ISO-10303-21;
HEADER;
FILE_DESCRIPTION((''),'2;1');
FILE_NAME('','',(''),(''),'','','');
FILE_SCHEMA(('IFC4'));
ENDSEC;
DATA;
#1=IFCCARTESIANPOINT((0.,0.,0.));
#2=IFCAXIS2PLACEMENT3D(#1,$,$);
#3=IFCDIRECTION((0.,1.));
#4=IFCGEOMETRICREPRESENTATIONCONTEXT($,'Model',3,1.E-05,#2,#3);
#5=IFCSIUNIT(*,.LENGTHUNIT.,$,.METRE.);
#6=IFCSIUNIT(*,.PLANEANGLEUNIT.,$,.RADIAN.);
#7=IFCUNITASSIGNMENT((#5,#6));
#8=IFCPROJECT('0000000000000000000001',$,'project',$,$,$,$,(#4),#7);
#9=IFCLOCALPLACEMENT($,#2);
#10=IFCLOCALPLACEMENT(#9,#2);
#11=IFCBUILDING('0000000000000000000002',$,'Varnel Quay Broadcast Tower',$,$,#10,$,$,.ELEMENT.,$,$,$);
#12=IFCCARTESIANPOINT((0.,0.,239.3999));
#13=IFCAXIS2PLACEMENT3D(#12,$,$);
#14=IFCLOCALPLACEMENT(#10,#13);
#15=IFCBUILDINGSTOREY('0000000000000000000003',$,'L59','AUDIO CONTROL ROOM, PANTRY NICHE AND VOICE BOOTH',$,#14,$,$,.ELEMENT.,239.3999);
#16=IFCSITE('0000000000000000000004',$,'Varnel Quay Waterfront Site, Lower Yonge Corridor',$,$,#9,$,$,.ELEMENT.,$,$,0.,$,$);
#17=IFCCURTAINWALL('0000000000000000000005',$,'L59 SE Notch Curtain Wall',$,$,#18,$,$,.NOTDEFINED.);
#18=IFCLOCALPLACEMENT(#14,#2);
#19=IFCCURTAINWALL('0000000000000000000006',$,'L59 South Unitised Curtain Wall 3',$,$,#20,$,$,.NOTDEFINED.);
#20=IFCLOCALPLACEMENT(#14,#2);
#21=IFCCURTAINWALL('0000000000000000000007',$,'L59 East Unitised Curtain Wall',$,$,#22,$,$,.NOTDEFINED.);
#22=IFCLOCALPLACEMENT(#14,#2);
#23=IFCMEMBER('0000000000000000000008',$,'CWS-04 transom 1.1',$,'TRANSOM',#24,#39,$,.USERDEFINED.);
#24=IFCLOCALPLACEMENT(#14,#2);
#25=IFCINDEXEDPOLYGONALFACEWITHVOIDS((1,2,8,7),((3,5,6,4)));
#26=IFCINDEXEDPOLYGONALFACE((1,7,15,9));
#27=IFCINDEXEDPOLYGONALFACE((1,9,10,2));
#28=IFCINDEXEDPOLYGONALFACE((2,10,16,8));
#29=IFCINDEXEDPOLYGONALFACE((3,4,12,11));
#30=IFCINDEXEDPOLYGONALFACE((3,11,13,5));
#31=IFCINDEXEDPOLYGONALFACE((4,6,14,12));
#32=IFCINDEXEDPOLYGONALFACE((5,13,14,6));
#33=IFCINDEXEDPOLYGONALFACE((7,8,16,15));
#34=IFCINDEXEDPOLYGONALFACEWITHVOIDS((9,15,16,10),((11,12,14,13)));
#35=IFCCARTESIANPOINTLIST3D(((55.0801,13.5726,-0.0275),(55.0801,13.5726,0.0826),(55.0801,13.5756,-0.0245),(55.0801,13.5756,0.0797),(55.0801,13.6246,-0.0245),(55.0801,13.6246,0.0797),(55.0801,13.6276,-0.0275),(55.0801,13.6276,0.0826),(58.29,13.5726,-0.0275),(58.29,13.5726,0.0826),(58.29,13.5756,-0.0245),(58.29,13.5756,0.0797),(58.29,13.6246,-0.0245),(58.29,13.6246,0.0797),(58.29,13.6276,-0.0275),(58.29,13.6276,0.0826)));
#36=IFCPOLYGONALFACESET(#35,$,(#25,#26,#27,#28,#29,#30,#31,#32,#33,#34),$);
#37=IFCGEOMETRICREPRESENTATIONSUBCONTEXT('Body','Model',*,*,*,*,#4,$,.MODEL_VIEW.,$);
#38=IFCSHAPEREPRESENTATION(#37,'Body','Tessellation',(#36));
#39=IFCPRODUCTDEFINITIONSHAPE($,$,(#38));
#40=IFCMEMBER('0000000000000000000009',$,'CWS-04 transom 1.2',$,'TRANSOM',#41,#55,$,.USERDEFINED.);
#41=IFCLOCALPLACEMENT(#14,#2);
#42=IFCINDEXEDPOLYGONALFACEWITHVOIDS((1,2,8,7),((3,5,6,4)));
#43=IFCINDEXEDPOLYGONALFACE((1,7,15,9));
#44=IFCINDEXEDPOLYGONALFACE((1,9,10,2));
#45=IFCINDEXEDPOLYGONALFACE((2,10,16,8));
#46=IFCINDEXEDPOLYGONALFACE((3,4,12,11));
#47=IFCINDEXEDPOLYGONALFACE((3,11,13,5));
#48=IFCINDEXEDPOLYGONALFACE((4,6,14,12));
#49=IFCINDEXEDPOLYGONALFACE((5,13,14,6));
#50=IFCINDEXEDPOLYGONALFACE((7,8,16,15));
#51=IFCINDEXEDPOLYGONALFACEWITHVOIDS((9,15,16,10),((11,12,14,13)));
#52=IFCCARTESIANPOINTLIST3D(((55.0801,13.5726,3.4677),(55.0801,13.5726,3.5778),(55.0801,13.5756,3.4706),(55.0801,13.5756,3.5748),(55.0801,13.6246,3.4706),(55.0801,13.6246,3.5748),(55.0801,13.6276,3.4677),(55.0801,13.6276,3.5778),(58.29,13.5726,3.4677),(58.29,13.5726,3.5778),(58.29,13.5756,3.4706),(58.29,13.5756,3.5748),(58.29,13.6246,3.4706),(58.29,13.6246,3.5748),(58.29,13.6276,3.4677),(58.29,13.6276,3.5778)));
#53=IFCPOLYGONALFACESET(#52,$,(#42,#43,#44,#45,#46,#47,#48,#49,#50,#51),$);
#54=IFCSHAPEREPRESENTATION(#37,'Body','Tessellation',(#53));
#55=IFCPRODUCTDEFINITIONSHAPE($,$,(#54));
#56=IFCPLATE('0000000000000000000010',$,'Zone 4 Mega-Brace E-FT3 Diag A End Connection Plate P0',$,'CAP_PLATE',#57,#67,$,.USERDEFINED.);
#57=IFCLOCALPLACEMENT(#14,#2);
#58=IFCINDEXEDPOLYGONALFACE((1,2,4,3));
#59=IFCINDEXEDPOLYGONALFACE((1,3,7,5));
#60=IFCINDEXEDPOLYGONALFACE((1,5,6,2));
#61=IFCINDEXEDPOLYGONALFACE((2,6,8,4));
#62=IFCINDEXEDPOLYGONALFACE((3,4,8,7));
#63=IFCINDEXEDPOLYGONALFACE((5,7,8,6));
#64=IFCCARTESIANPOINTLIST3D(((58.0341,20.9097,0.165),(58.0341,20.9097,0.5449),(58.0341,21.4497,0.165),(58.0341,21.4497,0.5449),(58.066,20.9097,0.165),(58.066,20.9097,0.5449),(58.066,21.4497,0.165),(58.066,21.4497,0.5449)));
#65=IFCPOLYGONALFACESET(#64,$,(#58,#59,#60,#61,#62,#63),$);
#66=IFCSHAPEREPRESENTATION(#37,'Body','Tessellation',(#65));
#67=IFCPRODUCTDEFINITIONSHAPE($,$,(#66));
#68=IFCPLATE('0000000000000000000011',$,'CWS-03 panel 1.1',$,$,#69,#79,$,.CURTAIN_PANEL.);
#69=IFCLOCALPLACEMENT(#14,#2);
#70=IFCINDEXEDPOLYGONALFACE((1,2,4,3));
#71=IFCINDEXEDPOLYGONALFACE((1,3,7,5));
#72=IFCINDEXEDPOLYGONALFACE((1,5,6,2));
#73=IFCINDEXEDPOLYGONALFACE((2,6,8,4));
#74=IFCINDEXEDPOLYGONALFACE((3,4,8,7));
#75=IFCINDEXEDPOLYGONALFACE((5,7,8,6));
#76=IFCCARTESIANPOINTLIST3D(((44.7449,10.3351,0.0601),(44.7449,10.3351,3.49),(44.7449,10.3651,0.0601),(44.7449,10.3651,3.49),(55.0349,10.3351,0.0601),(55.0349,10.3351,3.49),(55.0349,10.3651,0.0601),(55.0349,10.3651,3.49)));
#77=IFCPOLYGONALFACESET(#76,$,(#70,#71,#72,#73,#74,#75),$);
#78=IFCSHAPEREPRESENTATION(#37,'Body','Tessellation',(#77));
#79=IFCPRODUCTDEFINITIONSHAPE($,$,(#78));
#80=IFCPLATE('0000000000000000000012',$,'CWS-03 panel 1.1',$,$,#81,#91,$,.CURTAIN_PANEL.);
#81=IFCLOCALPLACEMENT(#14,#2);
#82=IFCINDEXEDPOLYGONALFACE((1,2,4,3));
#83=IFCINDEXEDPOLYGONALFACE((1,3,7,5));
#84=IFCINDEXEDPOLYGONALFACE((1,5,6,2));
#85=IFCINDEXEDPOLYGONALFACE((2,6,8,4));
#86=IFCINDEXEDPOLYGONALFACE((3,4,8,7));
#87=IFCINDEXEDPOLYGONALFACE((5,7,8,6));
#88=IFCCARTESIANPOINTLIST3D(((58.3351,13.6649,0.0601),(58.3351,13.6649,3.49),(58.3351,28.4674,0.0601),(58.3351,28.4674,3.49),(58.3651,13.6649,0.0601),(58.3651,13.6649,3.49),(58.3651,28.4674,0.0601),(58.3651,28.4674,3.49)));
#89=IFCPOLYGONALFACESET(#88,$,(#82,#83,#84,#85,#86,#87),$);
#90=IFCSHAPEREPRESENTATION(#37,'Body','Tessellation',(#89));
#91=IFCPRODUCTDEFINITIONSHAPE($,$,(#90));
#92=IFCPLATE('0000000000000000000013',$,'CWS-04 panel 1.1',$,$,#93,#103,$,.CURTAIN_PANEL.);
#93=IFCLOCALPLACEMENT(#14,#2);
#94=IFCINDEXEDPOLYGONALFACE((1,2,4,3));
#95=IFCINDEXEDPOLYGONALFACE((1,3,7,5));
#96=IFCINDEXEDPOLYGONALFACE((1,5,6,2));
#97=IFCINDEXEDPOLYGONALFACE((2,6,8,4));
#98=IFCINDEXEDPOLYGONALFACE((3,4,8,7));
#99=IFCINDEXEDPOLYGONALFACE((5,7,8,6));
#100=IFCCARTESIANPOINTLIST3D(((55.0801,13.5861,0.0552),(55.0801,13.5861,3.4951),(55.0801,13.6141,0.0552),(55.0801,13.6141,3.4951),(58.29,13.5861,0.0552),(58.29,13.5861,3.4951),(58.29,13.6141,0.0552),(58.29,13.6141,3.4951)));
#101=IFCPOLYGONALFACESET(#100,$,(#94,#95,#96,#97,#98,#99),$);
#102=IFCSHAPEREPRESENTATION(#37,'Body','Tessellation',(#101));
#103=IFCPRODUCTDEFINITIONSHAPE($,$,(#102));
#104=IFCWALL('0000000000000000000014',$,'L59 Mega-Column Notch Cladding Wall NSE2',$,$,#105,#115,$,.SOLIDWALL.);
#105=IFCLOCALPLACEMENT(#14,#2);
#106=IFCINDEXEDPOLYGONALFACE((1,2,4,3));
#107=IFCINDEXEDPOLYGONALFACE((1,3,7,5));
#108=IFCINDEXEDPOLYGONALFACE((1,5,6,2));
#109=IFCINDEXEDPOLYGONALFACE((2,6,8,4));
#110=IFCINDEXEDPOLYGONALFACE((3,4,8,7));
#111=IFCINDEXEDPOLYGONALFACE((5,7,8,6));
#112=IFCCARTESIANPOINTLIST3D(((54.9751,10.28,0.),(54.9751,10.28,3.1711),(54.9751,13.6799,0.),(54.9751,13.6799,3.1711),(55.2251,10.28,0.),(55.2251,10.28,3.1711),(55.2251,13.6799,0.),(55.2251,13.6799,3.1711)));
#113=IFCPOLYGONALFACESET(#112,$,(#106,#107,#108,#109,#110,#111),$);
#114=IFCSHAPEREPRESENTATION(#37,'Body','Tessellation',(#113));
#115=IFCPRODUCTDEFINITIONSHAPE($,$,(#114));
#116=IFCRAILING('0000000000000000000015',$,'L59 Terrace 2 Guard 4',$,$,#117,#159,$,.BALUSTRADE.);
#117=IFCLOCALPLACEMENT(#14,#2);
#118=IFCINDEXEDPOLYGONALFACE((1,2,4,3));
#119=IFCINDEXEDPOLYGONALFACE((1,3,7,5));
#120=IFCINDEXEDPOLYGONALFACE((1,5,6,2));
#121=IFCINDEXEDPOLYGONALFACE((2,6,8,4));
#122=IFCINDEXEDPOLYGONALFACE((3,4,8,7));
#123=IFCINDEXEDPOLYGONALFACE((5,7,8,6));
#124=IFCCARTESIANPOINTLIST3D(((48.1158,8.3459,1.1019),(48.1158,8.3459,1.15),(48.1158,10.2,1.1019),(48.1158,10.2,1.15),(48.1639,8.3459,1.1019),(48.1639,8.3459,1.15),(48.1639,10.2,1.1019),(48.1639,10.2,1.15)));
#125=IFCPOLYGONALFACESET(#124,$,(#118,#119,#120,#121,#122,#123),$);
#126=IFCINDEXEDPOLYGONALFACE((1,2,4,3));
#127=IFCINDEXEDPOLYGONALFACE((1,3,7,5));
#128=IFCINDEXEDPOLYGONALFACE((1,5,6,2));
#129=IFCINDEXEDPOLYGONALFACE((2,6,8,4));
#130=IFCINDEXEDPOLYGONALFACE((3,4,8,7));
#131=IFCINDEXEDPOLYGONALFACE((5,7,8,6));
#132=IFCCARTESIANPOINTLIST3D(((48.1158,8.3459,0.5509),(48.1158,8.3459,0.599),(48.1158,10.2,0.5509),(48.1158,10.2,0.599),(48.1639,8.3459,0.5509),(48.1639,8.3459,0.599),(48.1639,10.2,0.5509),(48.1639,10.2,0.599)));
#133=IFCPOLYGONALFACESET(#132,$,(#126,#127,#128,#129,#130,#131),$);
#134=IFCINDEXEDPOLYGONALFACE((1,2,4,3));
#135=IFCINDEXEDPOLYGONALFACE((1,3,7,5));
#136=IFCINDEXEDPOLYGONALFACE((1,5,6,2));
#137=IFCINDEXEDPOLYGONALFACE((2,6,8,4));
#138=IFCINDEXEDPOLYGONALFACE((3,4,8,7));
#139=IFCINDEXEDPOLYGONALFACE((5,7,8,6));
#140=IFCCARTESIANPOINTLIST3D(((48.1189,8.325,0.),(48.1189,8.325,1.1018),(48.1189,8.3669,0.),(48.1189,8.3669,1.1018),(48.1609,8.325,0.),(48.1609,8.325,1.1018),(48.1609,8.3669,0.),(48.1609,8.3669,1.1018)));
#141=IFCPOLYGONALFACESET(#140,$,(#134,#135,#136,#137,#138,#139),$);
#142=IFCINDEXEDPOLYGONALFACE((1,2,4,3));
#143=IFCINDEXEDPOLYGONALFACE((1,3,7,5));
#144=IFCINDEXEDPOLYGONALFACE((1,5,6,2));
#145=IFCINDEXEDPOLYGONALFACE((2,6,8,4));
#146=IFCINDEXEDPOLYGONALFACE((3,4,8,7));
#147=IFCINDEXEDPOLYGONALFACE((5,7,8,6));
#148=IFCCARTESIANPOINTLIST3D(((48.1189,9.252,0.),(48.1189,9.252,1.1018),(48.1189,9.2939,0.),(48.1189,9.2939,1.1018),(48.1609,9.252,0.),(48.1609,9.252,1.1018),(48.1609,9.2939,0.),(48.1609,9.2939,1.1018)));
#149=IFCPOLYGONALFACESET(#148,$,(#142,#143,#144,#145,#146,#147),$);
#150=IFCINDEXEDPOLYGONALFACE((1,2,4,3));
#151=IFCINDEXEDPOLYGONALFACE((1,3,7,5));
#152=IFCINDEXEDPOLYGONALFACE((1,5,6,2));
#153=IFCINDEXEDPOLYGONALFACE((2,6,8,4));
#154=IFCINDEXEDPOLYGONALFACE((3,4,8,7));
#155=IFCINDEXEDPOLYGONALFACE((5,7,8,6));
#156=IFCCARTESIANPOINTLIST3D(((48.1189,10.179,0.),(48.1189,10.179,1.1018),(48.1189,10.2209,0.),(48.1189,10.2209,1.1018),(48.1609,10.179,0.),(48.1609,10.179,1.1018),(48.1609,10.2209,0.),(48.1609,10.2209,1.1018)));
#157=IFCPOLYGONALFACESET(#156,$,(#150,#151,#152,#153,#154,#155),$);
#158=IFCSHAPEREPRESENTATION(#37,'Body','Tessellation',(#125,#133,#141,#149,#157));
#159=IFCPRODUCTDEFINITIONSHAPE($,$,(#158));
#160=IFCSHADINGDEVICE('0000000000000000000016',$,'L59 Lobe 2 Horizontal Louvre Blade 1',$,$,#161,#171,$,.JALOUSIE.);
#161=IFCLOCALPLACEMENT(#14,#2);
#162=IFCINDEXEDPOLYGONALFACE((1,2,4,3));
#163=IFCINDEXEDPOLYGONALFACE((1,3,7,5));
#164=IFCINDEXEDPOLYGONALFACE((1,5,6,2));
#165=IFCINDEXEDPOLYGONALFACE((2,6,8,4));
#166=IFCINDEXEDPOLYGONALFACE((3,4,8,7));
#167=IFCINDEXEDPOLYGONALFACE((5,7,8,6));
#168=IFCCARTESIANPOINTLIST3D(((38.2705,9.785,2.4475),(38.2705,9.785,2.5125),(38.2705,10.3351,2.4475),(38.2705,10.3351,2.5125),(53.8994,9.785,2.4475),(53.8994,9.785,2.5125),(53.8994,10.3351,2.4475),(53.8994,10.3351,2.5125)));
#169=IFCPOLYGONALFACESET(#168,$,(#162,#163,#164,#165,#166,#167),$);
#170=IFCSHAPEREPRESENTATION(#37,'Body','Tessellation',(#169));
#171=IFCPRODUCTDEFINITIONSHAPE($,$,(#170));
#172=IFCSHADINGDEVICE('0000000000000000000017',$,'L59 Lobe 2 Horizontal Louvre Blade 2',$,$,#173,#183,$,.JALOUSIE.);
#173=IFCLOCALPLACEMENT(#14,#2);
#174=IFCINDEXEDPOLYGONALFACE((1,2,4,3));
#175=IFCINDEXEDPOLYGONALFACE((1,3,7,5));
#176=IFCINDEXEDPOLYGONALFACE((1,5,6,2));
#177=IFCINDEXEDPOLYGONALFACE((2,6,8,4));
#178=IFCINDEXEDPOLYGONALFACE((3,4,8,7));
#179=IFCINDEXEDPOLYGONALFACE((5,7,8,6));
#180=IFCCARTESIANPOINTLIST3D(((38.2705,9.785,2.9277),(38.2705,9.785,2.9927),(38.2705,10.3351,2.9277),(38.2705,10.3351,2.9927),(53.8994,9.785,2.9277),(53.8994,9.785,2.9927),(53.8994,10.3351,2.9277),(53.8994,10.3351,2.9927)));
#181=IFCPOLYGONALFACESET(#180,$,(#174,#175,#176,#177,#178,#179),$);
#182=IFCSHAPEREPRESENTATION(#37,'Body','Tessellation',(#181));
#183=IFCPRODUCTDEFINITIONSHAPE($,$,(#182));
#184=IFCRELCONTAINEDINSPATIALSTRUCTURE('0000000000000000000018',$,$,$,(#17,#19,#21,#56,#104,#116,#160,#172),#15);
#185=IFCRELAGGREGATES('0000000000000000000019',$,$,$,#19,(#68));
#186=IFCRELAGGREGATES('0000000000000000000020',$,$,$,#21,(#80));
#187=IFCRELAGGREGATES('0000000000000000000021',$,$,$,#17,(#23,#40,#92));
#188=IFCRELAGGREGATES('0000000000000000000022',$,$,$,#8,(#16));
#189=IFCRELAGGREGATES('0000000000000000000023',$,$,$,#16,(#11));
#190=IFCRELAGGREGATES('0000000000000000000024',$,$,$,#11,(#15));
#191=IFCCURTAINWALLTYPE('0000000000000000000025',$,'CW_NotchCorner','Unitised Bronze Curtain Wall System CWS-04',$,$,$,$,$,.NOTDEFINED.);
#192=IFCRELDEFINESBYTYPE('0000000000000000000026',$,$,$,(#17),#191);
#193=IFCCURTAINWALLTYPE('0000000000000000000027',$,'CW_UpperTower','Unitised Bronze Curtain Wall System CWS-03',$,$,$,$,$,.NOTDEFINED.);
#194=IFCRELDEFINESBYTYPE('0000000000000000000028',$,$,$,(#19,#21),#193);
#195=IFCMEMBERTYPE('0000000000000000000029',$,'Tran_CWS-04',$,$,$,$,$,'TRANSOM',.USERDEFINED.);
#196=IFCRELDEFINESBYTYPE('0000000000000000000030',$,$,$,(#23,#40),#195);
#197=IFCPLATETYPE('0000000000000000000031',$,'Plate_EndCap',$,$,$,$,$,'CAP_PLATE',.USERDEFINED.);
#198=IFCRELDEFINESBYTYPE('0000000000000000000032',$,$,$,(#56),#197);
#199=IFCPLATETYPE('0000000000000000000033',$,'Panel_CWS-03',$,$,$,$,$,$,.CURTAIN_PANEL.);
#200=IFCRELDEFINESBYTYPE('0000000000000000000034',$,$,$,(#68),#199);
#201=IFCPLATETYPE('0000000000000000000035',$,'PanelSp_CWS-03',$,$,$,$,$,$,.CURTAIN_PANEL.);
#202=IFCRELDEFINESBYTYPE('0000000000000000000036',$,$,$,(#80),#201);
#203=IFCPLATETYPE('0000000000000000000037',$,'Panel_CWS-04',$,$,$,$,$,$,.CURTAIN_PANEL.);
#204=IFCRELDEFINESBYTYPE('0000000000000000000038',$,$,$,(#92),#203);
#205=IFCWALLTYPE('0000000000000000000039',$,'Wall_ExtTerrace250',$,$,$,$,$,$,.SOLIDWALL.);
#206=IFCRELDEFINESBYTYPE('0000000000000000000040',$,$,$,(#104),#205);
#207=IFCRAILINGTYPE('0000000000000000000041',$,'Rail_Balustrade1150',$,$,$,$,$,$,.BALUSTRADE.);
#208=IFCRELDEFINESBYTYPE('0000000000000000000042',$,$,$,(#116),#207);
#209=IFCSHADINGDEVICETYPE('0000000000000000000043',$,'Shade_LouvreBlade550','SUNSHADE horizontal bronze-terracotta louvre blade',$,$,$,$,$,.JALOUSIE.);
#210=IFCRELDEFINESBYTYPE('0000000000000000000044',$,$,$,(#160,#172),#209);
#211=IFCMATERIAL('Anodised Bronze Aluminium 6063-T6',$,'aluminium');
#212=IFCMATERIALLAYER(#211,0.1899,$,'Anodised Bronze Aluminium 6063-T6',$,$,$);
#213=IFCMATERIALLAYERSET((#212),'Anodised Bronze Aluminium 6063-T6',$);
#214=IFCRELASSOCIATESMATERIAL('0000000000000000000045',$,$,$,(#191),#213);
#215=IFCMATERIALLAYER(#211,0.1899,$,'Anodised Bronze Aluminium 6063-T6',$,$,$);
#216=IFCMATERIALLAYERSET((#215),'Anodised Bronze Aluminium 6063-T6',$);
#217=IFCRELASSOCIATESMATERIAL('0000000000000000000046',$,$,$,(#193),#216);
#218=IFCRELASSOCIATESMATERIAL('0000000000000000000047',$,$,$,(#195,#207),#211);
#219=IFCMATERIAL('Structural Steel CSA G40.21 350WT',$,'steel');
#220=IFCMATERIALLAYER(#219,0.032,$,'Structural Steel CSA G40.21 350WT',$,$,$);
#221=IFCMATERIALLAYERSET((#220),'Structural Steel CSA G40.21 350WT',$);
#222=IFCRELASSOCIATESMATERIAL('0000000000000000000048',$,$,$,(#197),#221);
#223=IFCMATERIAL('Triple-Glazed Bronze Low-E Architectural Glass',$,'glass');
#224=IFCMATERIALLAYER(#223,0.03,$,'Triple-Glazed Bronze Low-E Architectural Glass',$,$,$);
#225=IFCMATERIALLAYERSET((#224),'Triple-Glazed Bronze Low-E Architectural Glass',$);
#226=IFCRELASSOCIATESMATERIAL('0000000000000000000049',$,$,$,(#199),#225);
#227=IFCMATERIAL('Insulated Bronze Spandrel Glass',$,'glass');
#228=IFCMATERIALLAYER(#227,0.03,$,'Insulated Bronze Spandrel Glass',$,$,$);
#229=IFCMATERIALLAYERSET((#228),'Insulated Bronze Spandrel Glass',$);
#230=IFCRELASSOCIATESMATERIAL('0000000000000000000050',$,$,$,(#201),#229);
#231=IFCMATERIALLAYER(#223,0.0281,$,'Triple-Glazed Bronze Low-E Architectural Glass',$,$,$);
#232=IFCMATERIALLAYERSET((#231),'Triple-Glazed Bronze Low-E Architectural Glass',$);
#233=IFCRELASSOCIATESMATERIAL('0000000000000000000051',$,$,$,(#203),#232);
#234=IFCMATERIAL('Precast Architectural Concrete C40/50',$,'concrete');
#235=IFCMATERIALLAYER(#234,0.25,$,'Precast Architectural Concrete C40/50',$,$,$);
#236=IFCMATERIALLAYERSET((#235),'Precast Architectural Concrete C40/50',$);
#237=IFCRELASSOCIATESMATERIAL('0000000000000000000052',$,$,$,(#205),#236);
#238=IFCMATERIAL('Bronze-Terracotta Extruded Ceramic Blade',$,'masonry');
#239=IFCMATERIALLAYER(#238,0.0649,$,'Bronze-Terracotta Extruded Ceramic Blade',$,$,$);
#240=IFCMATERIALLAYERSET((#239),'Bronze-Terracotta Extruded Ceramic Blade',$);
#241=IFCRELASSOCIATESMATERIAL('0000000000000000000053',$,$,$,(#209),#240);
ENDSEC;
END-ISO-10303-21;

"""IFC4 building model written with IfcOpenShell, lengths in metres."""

from ifc_helpers import new_model, si_unit, direction, frame, frame_2d, origin, origin_2d, place, context, subcontext, project, spatial, rectangle, hollow_rectangle, extrude, source, transform, mapped, material, layer, layer_set, material_profile, profile_set, type_object, type_shapes, element, aggregate, save


model = new_model("IFC4")

# Units and contexts
model_context = context("Model", 3, precision=1e-05, world=origin(), true_north=direction((0.0, 1.0)))
body_context = subcontext(model_context, "Body", "Model", "MODEL_VIEW")
ifc_project = project(units=[si_unit("LENGTHUNIT", "METRE"), si_unit("PLANEANGLEUNIT", "RADIAN")], contexts=[model_context])

# Site, building, storey
site_placement = place(None, origin())
site = spatial("IfcSite", under=ifc_project, at=site_placement, Name="Varnel Quay Waterfront Site, Lower Yonge Corridor", CompositionType="ELEMENT", RefElevation=0.0)
building_placement = place(site_placement, origin())
building = spatial("IfcBuilding", under=site, at=building_placement, Name="Varnel Quay Broadcast Tower", CompositionType="ELEMENT")
storey_placement = place(building_placement, frame((0.0, 0.0, 239.3999)))
storey = spatial("IfcBuildingStorey", under=building, at=storey_placement, Name="L59", Description="AUDIO CONTROL ROOM, PANTRY NICHE AND VOICE BOOTH", CompositionType="ELEMENT", Elevation=239.3999)

# Shared definitions
ifc_material_1 = material(Name="Structural Steel CSA G40.21 350WT", Category="steel")

# Curtain walls
ifc_material_2 = material(Name="Anodised Bronze Aluminium 6063-T6", Category="aluminium")
ifc_layer_1 = layer(ifc_material_2, 0.1899, Name="Anodised Bronze Aluminium 6063-T6")
ifc_layer_set_1 = layer_set([ifc_layer_1], Name="Anodised Bronze Aluminium 6063-T6")
curtain_wall_type_1 = type_object("IfcCurtainWallType", Name="CW_NotchCorner", Description="Unitised Bronze Curtain Wall System CWS-04", PredefinedType="NOTDEFINED", material=ifc_layer_set_1)
curtain_wall_1_placement = place(storey_placement, origin())
curtain_wall_1 = element("IfcCurtainWall", 1, at=curtain_wall_1_placement, inside=storey, type_object=curtain_wall_type_1, Name="L59 SE Notch Curtain Wall", PredefinedType="NOTDEFINED")
ifc_layer_2 = layer(ifc_material_2, 0.1899, Name="Anodised Bronze Aluminium 6063-T6")
ifc_layer_set_2 = layer_set([ifc_layer_2], Name="Anodised Bronze Aluminium 6063-T6")
curtain_wall_type_2 = type_object("IfcCurtainWallType", Name="CW_UpperTower", Description="Unitised Bronze Curtain Wall System CWS-03", PredefinedType="NOTDEFINED", material=ifc_layer_set_2)
curtain_wall_2_placement = place(storey_placement, origin())
curtain_wall_2 = element("IfcCurtainWall", 2, at=curtain_wall_2_placement, inside=storey, type_object=curtain_wall_type_2, Name="L59 South Unitised Curtain Wall 3", PredefinedType="NOTDEFINED")
curtain_wall_3_placement = place(storey_placement, origin())
curtain_wall_3 = element("IfcCurtainWall", 3, at=curtain_wall_3_placement, inside=storey, type_object=curtain_wall_type_2, Name="L59 East Unitised Curtain Wall", PredefinedType="NOTDEFINED")

# Members
ifc_material_profile_1 = material_profile(ifc_material_2, hollow_rectangle(XDim=0.0549, YDim=0.1101, WallThickness=0.0029, at=origin_2d()), Name="ALU55X110X3")
ifc_profile_set_1 = profile_set([ifc_material_profile_1], Name="Anodised Bronze Aluminium 6063-T6")
member_type_1 = type_object("IfcMemberType", Name="Tran_CWS-04", ElementType="TRANSOM", PredefinedType="USERDEFINED", material=ifc_profile_set_1)
shared_shape_1 = source(origin(), body_context, "Body", "SweptSolid", [
    extrude(hollow_rectangle(XDim=0.0549, YDim=0.1101, WallThickness=0.0029, at=origin_2d()), origin(), (0.0, 0.0, 1.0), 3.21),
])
type_shapes(member_type_1, [shared_shape_1])
member_1_placement = place(storey_placement, frame((55.0801, 13.6001, 0.0276), z_axis=(1.0, 0.0, 0.0), x_axis=(0.0, 1.0, 0.0)))
member_1 = element("IfcMember", 4, at=member_1_placement, type_object=member_type_1, Name="CWS-04 transom 1.1", ObjectType="TRANSOM", PredefinedType="USERDEFINED", context=body_context, shape_type="MappedRepresentation", body=[
    mapped(shared_shape_1, transform((0.0, 0.0, 0.0), x_axis=(1.0, 0.0, 0.0), y_axis=(0.0, 1.0, 0.0), z_axis=(0.0, 0.0, 1.0), scale=1.0)),
])
member_2_placement = place(storey_placement, frame((55.0801, 13.6001, 3.5227), z_axis=(1.0, 0.0, 0.0), x_axis=(0.0, 1.0, 0.0)))
member_2 = element("IfcMember", 5, at=member_2_placement, type_object=member_type_1, Name="CWS-04 transom 1.2", ObjectType="TRANSOM", PredefinedType="USERDEFINED", context=body_context, shape_type="MappedRepresentation", body=[
    mapped(shared_shape_1, transform((0.0, 0.0, 0.0), x_axis=(1.0, 0.0, 0.0), y_axis=(0.0, 1.0, 0.0), z_axis=(0.0, 0.0, 1.0), scale=1.0)),
])

# Plates
ifc_layer_3 = layer(ifc_material_1, 0.032, Name="Structural Steel CSA G40.21 350WT")
ifc_layer_set_3 = layer_set([ifc_layer_3], Name="Structural Steel CSA G40.21 350WT")
plate_type_1 = type_object("IfcPlateType", Name="Plate_EndCap", ElementType="CAP_PLATE", PredefinedType="USERDEFINED", material=ifc_layer_set_3)
shared_shape_2 = source(origin(), body_context, "Body", "SweptSolid", [
    extrude(rectangle(XDim=0.54, YDim=0.032, at=origin_2d()), origin(), (0.0, 0.0, 1.0), 0.3799),
])
type_shapes(plate_type_1, [shared_shape_2])
plate_1_placement = place(storey_placement, frame((58.05, 21.1797, 0.165), z_axis=(0.0, 0.0, 1.0), x_axis=(0.0, 1.0, 0.0)))
element("IfcPlate", 6, at=plate_1_placement, inside=storey, type_object=plate_type_1, Name="Zone 4 Mega-Brace E-FT3 Diag A End Connection Plate P0", ObjectType="CAP_PLATE", PredefinedType="USERDEFINED", context=body_context, shape_type="MappedRepresentation", body=[
    mapped(shared_shape_2, transform((0.0, 0.0, 0.0), x_axis=(1.0, 0.0, 0.0), y_axis=(0.0, 1.0, 0.0), z_axis=(0.0, 0.0, 1.0), scale=1.0)),
])
ifc_material_3 = material(Name="Triple-Glazed Bronze Low-E Architectural Glass", Category="glass")
ifc_layer_4 = layer(ifc_material_3, 0.03, Name="Triple-Glazed Bronze Low-E Architectural Glass")
ifc_layer_set_4 = layer_set([ifc_layer_4], Name="Triple-Glazed Bronze Low-E Architectural Glass")
plate_type_2 = type_object("IfcPlateType", Name="Panel_CWS-03", PredefinedType="CURTAIN_PANEL", material=ifc_layer_set_4)
shared_shape_3 = source(origin(), body_context, "Body", "SweptSolid", [
    extrude(rectangle(XDim=10.29, YDim=0.03, at=origin_2d()), origin(), (0.0, 0.0, 1.0), 3.4299),
])
type_shapes(plate_type_2, [shared_shape_3])
plate_2_placement = place(storey_placement, frame((49.8899, 10.3501, 0.0601), z_axis=(0.0, 0.0, 1.0), x_axis=(1.0, 0.0, 0.0)))
plate_2 = element("IfcPlate", 7, at=plate_2_placement, type_object=plate_type_2, Name="CWS-03 panel 1.1", PredefinedType="CURTAIN_PANEL", context=body_context, shape_type="MappedRepresentation", body=[
    mapped(shared_shape_3, transform((0.0, 0.0, 0.0), x_axis=(1.0, 0.0, 0.0), y_axis=(0.0, 1.0, 0.0), z_axis=(0.0, 0.0, 1.0), scale=1.0)),
])
aggregate(curtain_wall_2, [plate_2])
ifc_material_4 = material(Name="Insulated Bronze Spandrel Glass", Category="glass")
ifc_layer_5 = layer(ifc_material_4, 0.03, Name="Insulated Bronze Spandrel Glass")
ifc_layer_set_5 = layer_set([ifc_layer_5], Name="Insulated Bronze Spandrel Glass")
plate_type_3 = type_object("IfcPlateType", Name="PanelSp_CWS-03", PredefinedType="CURTAIN_PANEL", material=ifc_layer_set_5)
shared_shape_4 = source(origin(), body_context, "Body", "SweptSolid", [
    extrude(rectangle(XDim=14.8025, YDim=0.03, at=origin_2d()), origin(), (0.0, 0.0, 1.0), 3.4299),
])
type_shapes(plate_type_3, [shared_shape_4])
plate_3_placement = place(storey_placement, frame((58.3501, 21.0662, 0.0601), z_axis=(0.0, 0.0, 1.0), x_axis=(0.0, 1.0, 0.0)))
plate_3 = element("IfcPlate", 8, at=plate_3_placement, type_object=plate_type_3, Name="CWS-03 panel 1.1", PredefinedType="CURTAIN_PANEL", context=body_context, shape_type="MappedRepresentation", body=[
    mapped(shared_shape_4, transform((0.0, 0.0, 0.0), x_axis=(1.0, 0.0, 0.0), y_axis=(0.0, 1.0, 0.0), z_axis=(0.0, 0.0, 1.0), scale=1.0)),
])
aggregate(curtain_wall_3, [plate_3])
ifc_layer_6 = layer(ifc_material_3, 0.0281, Name="Triple-Glazed Bronze Low-E Architectural Glass")
ifc_layer_set_6 = layer_set([ifc_layer_6], Name="Triple-Glazed Bronze Low-E Architectural Glass")
plate_type_4 = type_object("IfcPlateType", Name="Panel_CWS-04", PredefinedType="CURTAIN_PANEL", material=ifc_layer_set_6)
shared_shape_5 = source(origin(), body_context, "Body", "SweptSolid", [
    extrude(rectangle(XDim=3.21, YDim=0.0281, at=origin_2d()), origin(), (0.0, 0.0, 1.0), 3.4399),
])
type_shapes(plate_type_4, [shared_shape_5])
plate_4_placement = place(storey_placement, frame((56.6851, 13.6001, 0.0552), z_axis=(0.0, 0.0, 1.0), x_axis=(1.0, 0.0, 0.0)))
plate_4 = element("IfcPlate", 9, at=plate_4_placement, type_object=plate_type_4, Name="CWS-04 panel 1.1", PredefinedType="CURTAIN_PANEL", context=body_context, shape_type="MappedRepresentation", body=[
    mapped(shared_shape_5, transform((0.0, 0.0, 0.0), x_axis=(1.0, 0.0, 0.0), y_axis=(0.0, 1.0, 0.0), z_axis=(0.0, 0.0, 1.0), scale=1.0)),
])
aggregate(curtain_wall_1, [member_1, member_2, plate_4])

# Wall
ifc_material_5 = material(Name="Precast Architectural Concrete C40/50", Category="concrete")
ifc_layer_7 = layer(ifc_material_5, 0.25, Name="Precast Architectural Concrete C40/50")
ifc_layer_set_7 = layer_set([ifc_layer_7], Name="Precast Architectural Concrete C40/50")
wall_type = type_object("IfcWallType", Name="Wall_ExtTerrace250", PredefinedType="SOLIDWALL", material=ifc_layer_set_7)
wall_placement = place(storey_placement, frame((55.1001, 10.28, 0.0), z_axis=(0.0, 0.0, 1.0), x_axis=(0.0, 1.0, 0.0)))
element("IfcWall", 10, at=wall_placement, inside=storey, type_object=wall_type, Name="L59 Mega-Column Notch Cladding Wall NSE2", PredefinedType="SOLIDWALL", context=body_context, shape_type="SweptSolid", body=[
    extrude(rectangle(XDim=3.3999, YDim=0.25, at=frame_2d((1.7, 0.0))), origin(), (0.0, 0.0, 1.0), 3.1711),
])

# Railing
railing_type = type_object("IfcRailingType", Name="Rail_Balustrade1150", PredefinedType="BALUSTRADE", material=ifc_material_2)
railing_placement = place(storey_placement, frame((48.1399, 8.3459, 0.0)))
element("IfcRailing", 11, at=railing_placement, inside=storey, type_object=railing_type, Name="L59 Terrace 2 Guard 4", PredefinedType="BALUSTRADE", context=body_context, shape_type="SweptSolid", body=[
    extrude(rectangle(XDim=0.0481, YDim=0.0481, at=origin_2d()), frame((0.0, 0.0, 1.126), z_axis=(0.0, 1.0, 0.0), x_axis=(-1.0, 0.0, 0.0)), (0.0, 0.0, 1.0), 1.854),
    extrude(rectangle(XDim=0.0481, YDim=0.0481, at=origin_2d()), frame((0.0, 0.0, 0.575), z_axis=(0.0, 1.0, 0.0), x_axis=(-1.0, 0.0, 0.0)), (0.0, 0.0, 1.0), 1.854),
    extrude(rectangle(XDim=0.042, YDim=0.042, at=origin_2d()), origin(), (0.0, 0.0, 1.0), 1.1018),
    extrude(rectangle(XDim=0.042, YDim=0.042, at=origin_2d()), frame((0.0, 0.927, 0.0)), (0.0, 0.0, 1.0), 1.1018),
    extrude(rectangle(XDim=0.042, YDim=0.042, at=origin_2d()), frame((0.0, 1.854, 0.0)), (0.0, 0.0, 1.0), 1.1018),
])

# Shading devices
ifc_material_6 = material(Name="Bronze-Terracotta Extruded Ceramic Blade", Category="masonry")
ifc_layer_8 = layer(ifc_material_6, 0.0649, Name="Bronze-Terracotta Extruded Ceramic Blade")
ifc_layer_set_8 = layer_set([ifc_layer_8], Name="Bronze-Terracotta Extruded Ceramic Blade")
shading_device_type = type_object("IfcShadingDeviceType", Name="Shade_LouvreBlade550", Description="SUNSHADE horizontal bronze-terracotta louvre blade", PredefinedType="JALOUSIE", material=ifc_layer_set_8)
shared_shape_6 = source(origin(), body_context, "Body", "SweptSolid", [
    extrude(rectangle(XDim=15.6289, YDim=0.55, at=origin_2d()), origin(), (0.0, 0.0, 1.0), 0.0649),
])
type_shapes(shading_device_type, [shared_shape_6])
for number, where, z_axis, x_axis, name in (
    (12, (46.085, 10.0601, 2.4475), (0.0, 0.0, 1.0), (1.0, 0.0, 0.0), "L59 Lobe 2 Horizontal Louvre Blade 1"),
    (13, (46.085, 10.0601, 2.9277), (0.0, 0.0, 1.0), (1.0, 0.0, 0.0), "L59 Lobe 2 Horizontal Louvre Blade 2"),
):
    element("IfcShadingDevice", number, at=place(storey_placement, frame(where, z_axis=z_axis, x_axis=x_axis)), inside=storey, type_object=shading_device_type, Name=name, PredefinedType="JALOUSIE", context=body_context, shape_type="MappedRepresentation", body=[
        mapped(shared_shape_6, transform((0.0, 0.0, 0.0), x_axis=(1.0, 0.0, 0.0), y_axis=(0.0, 1.0, 0.0), z_axis=(0.0, 0.0, 1.0), scale=1.0)),
    ])

save(model, "model.ifc")
